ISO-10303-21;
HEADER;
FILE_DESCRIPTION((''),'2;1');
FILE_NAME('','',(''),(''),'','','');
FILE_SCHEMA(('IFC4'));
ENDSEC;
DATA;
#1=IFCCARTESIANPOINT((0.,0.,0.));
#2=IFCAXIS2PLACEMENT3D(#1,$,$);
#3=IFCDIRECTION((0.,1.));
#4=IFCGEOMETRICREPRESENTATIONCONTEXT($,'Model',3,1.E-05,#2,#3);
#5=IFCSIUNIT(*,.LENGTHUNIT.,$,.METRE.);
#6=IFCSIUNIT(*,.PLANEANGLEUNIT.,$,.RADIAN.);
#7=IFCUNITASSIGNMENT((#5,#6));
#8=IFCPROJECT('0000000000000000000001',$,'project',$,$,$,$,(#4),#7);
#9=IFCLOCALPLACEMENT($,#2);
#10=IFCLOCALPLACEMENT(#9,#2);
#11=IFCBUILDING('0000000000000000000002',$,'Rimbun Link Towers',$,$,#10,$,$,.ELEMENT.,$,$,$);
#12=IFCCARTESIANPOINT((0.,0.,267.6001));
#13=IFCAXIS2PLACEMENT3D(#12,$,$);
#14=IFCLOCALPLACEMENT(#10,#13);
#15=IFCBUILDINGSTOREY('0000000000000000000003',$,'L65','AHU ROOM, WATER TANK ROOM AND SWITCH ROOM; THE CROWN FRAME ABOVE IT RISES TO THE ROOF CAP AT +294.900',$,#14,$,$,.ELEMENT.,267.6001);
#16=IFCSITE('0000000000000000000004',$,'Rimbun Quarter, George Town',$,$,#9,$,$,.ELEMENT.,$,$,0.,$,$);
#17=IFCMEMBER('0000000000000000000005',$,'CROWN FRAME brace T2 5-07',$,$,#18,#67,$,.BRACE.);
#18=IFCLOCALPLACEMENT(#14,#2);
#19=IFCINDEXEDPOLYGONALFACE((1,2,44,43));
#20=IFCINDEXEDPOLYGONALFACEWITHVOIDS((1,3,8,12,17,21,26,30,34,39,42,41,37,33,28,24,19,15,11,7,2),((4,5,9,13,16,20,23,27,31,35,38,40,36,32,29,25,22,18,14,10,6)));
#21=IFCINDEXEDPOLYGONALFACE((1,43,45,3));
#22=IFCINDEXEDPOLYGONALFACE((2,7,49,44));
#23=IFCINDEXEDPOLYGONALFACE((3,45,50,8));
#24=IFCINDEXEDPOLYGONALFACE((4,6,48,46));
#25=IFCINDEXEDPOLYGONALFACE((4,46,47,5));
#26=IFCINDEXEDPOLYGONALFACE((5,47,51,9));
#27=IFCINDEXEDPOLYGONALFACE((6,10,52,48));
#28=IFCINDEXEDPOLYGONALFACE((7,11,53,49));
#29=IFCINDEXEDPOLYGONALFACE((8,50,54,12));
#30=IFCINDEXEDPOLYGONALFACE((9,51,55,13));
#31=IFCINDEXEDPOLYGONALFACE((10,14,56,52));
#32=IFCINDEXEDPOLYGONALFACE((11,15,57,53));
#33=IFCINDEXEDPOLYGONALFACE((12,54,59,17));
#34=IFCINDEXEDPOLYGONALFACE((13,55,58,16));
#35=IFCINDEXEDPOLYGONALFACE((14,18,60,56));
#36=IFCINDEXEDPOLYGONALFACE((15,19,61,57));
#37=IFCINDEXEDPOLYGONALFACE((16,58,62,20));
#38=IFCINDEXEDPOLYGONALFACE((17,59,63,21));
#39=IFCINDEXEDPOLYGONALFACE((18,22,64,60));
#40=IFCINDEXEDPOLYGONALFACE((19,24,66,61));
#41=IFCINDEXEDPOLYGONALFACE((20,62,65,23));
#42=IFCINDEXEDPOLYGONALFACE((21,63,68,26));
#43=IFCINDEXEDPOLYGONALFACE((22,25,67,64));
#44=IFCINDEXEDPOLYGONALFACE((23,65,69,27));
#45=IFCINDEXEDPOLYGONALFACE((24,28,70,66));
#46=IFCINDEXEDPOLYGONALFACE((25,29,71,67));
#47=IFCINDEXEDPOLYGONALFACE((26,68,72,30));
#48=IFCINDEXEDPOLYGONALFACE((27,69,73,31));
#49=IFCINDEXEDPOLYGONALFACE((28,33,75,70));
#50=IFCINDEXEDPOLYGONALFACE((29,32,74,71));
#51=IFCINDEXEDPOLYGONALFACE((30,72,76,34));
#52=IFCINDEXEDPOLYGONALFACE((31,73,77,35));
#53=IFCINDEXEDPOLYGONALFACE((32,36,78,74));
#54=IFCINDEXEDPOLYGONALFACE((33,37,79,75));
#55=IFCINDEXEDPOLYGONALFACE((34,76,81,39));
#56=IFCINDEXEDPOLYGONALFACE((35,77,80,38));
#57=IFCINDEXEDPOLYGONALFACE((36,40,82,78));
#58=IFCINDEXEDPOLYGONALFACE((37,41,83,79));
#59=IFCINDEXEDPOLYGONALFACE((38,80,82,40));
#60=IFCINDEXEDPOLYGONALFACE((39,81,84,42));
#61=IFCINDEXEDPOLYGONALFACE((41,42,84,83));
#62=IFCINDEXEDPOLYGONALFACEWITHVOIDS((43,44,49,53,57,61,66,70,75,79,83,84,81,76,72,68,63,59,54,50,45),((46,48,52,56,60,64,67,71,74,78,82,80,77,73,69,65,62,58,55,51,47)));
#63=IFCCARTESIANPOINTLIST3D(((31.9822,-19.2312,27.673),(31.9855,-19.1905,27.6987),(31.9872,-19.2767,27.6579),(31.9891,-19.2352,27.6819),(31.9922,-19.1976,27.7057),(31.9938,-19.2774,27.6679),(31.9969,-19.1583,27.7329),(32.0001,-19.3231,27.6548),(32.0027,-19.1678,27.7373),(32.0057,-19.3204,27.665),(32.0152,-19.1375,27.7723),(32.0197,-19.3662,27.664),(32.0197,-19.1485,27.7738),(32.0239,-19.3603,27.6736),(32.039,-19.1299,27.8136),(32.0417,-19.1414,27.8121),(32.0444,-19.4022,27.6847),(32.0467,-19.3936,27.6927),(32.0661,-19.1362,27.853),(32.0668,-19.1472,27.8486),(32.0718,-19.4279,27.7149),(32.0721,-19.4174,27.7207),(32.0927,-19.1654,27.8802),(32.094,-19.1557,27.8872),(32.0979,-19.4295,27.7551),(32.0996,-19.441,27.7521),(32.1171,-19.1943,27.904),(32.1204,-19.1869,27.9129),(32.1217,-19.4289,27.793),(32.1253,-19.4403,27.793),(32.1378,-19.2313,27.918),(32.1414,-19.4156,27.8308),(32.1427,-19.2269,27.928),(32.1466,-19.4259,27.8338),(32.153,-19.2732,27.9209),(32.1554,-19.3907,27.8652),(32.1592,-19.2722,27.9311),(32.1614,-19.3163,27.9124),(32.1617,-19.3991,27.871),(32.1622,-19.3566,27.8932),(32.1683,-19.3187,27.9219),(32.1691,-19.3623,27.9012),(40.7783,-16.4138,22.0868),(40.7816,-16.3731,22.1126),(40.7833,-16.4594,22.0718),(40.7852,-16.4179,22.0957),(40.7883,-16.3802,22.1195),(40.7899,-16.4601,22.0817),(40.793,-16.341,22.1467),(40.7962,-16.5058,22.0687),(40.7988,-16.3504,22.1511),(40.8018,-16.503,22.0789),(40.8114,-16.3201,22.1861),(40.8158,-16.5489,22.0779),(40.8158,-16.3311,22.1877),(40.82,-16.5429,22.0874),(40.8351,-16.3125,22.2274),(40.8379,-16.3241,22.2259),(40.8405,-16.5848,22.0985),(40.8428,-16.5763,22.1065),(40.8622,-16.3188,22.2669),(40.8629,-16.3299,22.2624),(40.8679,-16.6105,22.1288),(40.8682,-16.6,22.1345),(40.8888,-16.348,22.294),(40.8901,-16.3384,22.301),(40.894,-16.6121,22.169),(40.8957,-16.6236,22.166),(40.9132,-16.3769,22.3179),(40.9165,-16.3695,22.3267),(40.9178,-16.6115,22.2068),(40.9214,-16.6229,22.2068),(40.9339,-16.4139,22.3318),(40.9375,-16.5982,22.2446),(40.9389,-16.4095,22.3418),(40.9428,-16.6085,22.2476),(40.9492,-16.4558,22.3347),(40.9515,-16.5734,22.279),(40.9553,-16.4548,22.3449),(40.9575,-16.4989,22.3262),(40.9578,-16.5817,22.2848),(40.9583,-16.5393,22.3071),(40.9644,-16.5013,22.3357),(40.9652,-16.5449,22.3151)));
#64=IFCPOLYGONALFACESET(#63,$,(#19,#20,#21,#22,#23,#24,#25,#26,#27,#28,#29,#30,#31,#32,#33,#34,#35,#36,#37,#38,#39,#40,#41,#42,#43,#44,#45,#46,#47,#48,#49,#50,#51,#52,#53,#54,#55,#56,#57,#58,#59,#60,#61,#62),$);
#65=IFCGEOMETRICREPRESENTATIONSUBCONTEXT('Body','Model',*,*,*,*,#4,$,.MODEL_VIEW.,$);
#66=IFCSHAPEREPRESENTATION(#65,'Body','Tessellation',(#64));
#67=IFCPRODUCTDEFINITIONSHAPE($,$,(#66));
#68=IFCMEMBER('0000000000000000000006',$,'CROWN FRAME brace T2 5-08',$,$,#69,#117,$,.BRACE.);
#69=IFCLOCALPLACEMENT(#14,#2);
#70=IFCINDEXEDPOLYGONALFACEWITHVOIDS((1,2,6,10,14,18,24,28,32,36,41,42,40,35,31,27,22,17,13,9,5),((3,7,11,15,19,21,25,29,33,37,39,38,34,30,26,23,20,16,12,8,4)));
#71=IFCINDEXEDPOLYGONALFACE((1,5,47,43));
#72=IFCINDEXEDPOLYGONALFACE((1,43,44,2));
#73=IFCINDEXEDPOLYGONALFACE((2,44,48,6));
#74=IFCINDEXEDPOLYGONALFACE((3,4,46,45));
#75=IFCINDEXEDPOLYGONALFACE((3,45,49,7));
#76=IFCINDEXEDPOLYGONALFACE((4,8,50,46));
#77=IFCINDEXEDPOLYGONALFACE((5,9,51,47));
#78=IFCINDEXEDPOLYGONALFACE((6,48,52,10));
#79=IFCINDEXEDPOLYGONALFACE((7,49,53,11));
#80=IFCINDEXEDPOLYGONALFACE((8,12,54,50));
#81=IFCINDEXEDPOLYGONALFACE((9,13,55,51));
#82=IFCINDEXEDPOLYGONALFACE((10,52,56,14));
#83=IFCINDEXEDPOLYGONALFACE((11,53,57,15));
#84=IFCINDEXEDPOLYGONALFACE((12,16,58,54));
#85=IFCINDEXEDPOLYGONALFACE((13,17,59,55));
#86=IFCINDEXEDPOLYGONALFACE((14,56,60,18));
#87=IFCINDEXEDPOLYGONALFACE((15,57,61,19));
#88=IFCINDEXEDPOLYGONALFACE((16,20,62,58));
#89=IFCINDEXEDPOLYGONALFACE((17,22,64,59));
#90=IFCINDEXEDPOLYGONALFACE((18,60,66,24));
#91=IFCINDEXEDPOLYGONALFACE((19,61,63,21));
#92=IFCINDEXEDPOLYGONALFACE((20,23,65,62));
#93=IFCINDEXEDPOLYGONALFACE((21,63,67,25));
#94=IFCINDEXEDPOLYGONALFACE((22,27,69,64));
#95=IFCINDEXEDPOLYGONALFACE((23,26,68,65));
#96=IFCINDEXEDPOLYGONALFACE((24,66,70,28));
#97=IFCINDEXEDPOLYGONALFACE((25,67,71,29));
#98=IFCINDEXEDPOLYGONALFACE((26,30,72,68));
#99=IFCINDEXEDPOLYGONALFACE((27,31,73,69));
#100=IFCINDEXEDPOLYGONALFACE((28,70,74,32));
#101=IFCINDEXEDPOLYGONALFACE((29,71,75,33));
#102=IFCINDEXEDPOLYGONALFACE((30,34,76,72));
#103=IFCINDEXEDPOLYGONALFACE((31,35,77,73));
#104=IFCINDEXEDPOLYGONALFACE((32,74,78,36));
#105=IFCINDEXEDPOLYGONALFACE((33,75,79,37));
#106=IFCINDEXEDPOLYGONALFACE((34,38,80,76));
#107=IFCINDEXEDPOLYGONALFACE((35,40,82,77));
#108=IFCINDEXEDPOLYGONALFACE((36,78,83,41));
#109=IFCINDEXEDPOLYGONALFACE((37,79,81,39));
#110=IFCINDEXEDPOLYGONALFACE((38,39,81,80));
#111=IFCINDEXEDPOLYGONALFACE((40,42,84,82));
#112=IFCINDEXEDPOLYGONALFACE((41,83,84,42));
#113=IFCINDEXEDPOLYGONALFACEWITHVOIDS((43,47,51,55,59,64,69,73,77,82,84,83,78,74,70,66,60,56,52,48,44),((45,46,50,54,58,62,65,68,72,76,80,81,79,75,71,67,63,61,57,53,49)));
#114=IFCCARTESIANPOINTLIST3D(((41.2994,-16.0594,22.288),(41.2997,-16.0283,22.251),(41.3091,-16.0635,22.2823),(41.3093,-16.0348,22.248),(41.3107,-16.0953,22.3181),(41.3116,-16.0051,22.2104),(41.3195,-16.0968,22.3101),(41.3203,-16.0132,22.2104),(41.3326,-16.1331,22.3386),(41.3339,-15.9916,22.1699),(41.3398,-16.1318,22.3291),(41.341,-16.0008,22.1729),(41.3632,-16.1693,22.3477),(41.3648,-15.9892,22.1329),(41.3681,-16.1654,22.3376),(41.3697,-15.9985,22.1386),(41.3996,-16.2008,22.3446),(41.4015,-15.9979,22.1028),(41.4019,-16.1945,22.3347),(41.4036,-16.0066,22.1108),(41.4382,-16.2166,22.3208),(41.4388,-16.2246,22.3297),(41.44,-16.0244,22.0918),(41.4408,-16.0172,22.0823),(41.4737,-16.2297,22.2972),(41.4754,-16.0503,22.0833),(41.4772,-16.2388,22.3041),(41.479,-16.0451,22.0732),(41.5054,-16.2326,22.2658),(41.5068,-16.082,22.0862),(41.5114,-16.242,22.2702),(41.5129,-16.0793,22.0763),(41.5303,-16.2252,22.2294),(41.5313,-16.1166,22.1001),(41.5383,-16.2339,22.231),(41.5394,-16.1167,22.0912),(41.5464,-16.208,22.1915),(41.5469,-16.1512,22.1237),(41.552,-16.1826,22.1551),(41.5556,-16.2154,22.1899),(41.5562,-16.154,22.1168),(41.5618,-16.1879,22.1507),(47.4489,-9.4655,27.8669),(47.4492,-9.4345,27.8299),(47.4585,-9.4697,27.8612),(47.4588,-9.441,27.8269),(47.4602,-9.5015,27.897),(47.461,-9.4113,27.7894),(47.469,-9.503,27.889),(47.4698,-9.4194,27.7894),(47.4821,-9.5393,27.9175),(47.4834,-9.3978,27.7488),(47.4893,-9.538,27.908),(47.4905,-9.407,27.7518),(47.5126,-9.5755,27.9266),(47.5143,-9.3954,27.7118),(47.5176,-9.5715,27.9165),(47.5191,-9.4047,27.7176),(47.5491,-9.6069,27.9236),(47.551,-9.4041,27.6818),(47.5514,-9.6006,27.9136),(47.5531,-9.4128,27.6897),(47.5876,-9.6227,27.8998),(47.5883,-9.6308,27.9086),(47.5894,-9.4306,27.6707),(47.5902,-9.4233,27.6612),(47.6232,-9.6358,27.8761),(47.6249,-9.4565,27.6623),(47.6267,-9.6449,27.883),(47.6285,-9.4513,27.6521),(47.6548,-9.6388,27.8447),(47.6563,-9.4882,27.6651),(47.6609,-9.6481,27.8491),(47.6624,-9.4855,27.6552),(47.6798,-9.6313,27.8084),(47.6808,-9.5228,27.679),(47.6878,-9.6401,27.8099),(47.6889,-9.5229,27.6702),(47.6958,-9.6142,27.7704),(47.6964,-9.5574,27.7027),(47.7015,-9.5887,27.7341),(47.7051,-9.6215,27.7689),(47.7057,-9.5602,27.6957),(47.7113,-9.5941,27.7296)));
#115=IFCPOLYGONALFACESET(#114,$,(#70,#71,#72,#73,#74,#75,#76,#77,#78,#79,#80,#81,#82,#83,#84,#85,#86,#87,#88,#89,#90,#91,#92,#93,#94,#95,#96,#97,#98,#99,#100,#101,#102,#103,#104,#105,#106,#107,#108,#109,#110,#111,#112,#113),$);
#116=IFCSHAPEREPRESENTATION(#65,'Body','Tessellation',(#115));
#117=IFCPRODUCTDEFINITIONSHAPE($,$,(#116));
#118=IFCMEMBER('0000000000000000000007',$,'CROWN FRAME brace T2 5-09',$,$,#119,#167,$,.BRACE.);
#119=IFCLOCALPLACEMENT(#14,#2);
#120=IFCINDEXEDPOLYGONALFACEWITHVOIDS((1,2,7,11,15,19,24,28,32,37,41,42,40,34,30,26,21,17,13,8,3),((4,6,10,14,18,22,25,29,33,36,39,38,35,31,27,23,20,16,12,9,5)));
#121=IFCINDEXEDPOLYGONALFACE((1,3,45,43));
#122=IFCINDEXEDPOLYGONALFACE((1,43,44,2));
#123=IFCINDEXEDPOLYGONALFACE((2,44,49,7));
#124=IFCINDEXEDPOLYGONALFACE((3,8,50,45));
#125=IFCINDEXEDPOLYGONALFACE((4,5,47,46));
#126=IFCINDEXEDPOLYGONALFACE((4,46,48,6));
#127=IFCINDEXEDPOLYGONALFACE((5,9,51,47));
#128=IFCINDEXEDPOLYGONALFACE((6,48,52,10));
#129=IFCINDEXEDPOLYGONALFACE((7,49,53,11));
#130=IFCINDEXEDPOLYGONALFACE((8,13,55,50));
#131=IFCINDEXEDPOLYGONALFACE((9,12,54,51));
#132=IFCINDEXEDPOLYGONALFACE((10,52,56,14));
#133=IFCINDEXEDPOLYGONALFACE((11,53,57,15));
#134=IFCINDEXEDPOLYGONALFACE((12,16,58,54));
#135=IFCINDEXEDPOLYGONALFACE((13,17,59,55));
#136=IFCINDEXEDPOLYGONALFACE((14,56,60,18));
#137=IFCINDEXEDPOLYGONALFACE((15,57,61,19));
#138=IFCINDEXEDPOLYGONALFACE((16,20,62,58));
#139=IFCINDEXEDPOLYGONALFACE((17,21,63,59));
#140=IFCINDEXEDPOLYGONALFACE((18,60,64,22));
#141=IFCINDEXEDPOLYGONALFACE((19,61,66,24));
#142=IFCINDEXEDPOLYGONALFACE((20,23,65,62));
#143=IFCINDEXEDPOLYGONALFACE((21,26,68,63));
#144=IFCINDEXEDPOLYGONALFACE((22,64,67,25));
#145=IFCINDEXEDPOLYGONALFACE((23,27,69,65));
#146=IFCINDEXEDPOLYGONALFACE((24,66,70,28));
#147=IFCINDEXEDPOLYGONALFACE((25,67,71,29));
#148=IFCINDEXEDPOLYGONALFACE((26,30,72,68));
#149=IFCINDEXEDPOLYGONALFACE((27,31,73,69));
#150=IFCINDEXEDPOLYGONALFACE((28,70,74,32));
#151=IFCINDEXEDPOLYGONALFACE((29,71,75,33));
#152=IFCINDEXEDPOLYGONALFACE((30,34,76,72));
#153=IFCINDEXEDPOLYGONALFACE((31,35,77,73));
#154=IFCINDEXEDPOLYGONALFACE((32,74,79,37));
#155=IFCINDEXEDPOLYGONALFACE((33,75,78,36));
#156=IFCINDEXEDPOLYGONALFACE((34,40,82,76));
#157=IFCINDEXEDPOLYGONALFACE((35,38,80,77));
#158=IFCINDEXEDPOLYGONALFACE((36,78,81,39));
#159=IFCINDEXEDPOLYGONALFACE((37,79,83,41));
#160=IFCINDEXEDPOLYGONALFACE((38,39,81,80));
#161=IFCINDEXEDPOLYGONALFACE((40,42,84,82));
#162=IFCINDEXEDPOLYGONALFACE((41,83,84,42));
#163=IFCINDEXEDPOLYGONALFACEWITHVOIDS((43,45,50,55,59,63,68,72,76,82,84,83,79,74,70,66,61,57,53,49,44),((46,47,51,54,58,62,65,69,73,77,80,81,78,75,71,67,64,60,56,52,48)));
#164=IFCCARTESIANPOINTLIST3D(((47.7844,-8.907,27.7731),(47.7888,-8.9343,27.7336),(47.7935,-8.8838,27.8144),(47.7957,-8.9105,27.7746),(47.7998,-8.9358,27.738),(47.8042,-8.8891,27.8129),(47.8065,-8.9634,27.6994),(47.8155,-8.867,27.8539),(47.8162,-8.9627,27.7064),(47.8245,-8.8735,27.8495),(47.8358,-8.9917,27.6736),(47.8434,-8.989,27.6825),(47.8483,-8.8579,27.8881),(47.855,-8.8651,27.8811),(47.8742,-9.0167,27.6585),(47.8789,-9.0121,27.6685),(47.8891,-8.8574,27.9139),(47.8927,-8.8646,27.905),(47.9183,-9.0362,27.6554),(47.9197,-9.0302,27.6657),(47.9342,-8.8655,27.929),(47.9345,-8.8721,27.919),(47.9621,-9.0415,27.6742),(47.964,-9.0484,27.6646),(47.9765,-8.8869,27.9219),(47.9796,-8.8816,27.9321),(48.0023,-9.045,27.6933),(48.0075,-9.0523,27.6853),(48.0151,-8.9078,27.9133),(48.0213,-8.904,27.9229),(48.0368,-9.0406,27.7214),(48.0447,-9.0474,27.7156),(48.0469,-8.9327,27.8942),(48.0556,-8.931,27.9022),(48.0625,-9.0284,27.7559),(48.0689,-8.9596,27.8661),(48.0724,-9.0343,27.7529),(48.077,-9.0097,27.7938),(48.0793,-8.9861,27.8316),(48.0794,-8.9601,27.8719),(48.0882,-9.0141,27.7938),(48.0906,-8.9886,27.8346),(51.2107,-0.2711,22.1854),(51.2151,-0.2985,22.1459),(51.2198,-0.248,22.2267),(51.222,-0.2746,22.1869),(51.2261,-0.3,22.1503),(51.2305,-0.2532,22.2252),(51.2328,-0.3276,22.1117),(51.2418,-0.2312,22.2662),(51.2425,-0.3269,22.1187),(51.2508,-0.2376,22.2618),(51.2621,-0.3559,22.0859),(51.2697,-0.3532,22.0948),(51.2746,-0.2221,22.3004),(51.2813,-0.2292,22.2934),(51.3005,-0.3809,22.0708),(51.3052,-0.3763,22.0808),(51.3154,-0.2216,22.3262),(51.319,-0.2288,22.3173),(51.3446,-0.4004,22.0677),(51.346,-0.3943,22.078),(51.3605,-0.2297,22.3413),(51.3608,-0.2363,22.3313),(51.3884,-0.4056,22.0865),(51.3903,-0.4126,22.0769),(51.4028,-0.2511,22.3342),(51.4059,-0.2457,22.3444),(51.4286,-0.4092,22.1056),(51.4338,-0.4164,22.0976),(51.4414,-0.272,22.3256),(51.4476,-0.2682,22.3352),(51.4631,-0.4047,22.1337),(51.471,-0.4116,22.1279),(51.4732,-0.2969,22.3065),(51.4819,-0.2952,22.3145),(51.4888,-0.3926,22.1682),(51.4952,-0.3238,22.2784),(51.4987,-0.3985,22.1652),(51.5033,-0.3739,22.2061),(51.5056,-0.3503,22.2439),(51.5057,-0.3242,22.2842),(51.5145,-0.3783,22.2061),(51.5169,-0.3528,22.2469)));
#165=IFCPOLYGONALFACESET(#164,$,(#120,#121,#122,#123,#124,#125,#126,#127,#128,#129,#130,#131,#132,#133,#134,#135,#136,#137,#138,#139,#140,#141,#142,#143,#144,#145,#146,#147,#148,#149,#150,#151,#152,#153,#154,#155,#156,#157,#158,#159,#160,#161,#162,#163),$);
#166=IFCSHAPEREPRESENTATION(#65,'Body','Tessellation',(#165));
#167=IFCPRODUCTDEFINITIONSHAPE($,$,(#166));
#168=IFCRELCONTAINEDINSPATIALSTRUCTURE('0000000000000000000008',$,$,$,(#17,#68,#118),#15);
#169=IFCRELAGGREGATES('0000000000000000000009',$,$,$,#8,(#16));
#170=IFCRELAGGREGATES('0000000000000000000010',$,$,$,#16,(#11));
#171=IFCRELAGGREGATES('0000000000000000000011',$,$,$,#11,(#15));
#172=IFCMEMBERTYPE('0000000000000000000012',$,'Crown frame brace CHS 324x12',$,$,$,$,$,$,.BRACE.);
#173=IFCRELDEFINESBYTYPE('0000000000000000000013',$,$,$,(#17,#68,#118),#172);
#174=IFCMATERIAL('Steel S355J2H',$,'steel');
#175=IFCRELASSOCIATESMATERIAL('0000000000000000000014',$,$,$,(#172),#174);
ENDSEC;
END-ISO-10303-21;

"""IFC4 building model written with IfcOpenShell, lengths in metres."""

from ifc_helpers import new_model, si_unit, direction, frame, origin, origin_2d, place, context, subcontext, project, spatial, hollow_circle, extrude, material, material_profile, profile_set, type_object, element, save


model = new_model("IFC4")

# Units and contexts
model_context = context("Model", 3, precision=1e-05, world=origin(), true_north=direction((0.0, 1.0)))
body_context = subcontext(model_context, "Body", "Model", "MODEL_VIEW")
ifc_project = project(units=[si_unit("LENGTHUNIT", "METRE"), si_unit("PLANEANGLEUNIT", "RADIAN")], contexts=[model_context])

# Site, building, storey
site_placement = place(None, origin())
site = spatial("IfcSite", under=ifc_project, at=site_placement, Name="Rimbun Quarter, George Town", CompositionType="ELEMENT", RefElevation=0.0)
building_placement = place(site_placement, origin())
building = spatial("IfcBuilding", under=site, at=building_placement, Name="Rimbun Link Towers", CompositionType="ELEMENT")
storey_placement = place(building_placement, frame((0.0, 0.0, 267.6001)))
storey = spatial("IfcBuildingStorey", under=building, at=storey_placement, Name="L65", Description="AHU ROOM, WATER TANK ROOM AND SWITCH ROOM; THE CROWN FRAME ABOVE IT RISES TO THE ROOF CAP AT +294.900", CompositionType="ELEMENT", Elevation=267.6001)

# Members
ifc_material_1 = material(Name="Steel S355J2H", Category="steel")
ifc_material_profile_1 = material_profile(ifc_material_1, hollow_circle(Radius=0.1619, WallThickness=0.012, at=origin_2d()), Name="Crown frame brace CHS 324x12")
ifc_profile_set_1 = profile_set([ifc_material_profile_1], Name="Steel S355J2H")
member_type_1 = type_object("IfcMemberType", Name="Crown frame brace CHS 324x12", PredefinedType="BRACE", material=ifc_profile_set_1)
member_1_placement = place(storey_placement, frame((40.8721, -16.4688, 22.2068), z_axis=(-0.814894, -0.261008, 0.517516), x_axis=(0.305033, -0.952342, 0.0)))
element("IfcMember", 1, at=member_1_placement, inside=storey, type_object=member_type_1, Name="CROWN FRAME brace T2 5-07", PredefinedType="BRACE", context=body_context, shape_type="SweptSolid", body=[
    extrude(hollow_circle(Radius=0.1619, WallThickness=0.012, at=origin_2d()), origin(), (0.0, 0.0, 1.0), 10.7942),
])
member_2_placement = place(storey_placement, frame((41.4299, -16.1155, 22.2104), z_axis=(0.579988, 0.621896, 0.526175), x_axis=(-0.731318, 0.682036, 0.0)))
element("IfcMember", 2, at=member_2_placement, inside=storey, type_object=member_type_1, Name="CROWN FRAME brace T2 5-08", PredefinedType="BRACE", context=body_context, shape_type="SweptSolid", body=[
    extrude(hollow_circle(Radius=0.1619, WallThickness=0.012, at=origin_2d()), origin(), (0.0, 0.0, 1.0), 10.6028),
])
member_3_placement = place(storey_placement, frame((51.364, -0.3186, 22.2061), z_axis=(-0.316034, -0.796548, 0.515396), x_axis=(0.929513, -0.368789, 0.0)))
element("IfcMember", 3, at=member_3_placement, inside=storey, type_object=member_type_1, Name="CROWN FRAME brace T2 5-09", PredefinedType="BRACE", context=body_context, shape_type="SweptSolid", body=[
    extrude(hollow_circle(Radius=0.1619, WallThickness=0.012, at=origin_2d()), origin(), (0.0, 0.0, 1.0), 10.8416),
])

save(model, "model.ifc")
